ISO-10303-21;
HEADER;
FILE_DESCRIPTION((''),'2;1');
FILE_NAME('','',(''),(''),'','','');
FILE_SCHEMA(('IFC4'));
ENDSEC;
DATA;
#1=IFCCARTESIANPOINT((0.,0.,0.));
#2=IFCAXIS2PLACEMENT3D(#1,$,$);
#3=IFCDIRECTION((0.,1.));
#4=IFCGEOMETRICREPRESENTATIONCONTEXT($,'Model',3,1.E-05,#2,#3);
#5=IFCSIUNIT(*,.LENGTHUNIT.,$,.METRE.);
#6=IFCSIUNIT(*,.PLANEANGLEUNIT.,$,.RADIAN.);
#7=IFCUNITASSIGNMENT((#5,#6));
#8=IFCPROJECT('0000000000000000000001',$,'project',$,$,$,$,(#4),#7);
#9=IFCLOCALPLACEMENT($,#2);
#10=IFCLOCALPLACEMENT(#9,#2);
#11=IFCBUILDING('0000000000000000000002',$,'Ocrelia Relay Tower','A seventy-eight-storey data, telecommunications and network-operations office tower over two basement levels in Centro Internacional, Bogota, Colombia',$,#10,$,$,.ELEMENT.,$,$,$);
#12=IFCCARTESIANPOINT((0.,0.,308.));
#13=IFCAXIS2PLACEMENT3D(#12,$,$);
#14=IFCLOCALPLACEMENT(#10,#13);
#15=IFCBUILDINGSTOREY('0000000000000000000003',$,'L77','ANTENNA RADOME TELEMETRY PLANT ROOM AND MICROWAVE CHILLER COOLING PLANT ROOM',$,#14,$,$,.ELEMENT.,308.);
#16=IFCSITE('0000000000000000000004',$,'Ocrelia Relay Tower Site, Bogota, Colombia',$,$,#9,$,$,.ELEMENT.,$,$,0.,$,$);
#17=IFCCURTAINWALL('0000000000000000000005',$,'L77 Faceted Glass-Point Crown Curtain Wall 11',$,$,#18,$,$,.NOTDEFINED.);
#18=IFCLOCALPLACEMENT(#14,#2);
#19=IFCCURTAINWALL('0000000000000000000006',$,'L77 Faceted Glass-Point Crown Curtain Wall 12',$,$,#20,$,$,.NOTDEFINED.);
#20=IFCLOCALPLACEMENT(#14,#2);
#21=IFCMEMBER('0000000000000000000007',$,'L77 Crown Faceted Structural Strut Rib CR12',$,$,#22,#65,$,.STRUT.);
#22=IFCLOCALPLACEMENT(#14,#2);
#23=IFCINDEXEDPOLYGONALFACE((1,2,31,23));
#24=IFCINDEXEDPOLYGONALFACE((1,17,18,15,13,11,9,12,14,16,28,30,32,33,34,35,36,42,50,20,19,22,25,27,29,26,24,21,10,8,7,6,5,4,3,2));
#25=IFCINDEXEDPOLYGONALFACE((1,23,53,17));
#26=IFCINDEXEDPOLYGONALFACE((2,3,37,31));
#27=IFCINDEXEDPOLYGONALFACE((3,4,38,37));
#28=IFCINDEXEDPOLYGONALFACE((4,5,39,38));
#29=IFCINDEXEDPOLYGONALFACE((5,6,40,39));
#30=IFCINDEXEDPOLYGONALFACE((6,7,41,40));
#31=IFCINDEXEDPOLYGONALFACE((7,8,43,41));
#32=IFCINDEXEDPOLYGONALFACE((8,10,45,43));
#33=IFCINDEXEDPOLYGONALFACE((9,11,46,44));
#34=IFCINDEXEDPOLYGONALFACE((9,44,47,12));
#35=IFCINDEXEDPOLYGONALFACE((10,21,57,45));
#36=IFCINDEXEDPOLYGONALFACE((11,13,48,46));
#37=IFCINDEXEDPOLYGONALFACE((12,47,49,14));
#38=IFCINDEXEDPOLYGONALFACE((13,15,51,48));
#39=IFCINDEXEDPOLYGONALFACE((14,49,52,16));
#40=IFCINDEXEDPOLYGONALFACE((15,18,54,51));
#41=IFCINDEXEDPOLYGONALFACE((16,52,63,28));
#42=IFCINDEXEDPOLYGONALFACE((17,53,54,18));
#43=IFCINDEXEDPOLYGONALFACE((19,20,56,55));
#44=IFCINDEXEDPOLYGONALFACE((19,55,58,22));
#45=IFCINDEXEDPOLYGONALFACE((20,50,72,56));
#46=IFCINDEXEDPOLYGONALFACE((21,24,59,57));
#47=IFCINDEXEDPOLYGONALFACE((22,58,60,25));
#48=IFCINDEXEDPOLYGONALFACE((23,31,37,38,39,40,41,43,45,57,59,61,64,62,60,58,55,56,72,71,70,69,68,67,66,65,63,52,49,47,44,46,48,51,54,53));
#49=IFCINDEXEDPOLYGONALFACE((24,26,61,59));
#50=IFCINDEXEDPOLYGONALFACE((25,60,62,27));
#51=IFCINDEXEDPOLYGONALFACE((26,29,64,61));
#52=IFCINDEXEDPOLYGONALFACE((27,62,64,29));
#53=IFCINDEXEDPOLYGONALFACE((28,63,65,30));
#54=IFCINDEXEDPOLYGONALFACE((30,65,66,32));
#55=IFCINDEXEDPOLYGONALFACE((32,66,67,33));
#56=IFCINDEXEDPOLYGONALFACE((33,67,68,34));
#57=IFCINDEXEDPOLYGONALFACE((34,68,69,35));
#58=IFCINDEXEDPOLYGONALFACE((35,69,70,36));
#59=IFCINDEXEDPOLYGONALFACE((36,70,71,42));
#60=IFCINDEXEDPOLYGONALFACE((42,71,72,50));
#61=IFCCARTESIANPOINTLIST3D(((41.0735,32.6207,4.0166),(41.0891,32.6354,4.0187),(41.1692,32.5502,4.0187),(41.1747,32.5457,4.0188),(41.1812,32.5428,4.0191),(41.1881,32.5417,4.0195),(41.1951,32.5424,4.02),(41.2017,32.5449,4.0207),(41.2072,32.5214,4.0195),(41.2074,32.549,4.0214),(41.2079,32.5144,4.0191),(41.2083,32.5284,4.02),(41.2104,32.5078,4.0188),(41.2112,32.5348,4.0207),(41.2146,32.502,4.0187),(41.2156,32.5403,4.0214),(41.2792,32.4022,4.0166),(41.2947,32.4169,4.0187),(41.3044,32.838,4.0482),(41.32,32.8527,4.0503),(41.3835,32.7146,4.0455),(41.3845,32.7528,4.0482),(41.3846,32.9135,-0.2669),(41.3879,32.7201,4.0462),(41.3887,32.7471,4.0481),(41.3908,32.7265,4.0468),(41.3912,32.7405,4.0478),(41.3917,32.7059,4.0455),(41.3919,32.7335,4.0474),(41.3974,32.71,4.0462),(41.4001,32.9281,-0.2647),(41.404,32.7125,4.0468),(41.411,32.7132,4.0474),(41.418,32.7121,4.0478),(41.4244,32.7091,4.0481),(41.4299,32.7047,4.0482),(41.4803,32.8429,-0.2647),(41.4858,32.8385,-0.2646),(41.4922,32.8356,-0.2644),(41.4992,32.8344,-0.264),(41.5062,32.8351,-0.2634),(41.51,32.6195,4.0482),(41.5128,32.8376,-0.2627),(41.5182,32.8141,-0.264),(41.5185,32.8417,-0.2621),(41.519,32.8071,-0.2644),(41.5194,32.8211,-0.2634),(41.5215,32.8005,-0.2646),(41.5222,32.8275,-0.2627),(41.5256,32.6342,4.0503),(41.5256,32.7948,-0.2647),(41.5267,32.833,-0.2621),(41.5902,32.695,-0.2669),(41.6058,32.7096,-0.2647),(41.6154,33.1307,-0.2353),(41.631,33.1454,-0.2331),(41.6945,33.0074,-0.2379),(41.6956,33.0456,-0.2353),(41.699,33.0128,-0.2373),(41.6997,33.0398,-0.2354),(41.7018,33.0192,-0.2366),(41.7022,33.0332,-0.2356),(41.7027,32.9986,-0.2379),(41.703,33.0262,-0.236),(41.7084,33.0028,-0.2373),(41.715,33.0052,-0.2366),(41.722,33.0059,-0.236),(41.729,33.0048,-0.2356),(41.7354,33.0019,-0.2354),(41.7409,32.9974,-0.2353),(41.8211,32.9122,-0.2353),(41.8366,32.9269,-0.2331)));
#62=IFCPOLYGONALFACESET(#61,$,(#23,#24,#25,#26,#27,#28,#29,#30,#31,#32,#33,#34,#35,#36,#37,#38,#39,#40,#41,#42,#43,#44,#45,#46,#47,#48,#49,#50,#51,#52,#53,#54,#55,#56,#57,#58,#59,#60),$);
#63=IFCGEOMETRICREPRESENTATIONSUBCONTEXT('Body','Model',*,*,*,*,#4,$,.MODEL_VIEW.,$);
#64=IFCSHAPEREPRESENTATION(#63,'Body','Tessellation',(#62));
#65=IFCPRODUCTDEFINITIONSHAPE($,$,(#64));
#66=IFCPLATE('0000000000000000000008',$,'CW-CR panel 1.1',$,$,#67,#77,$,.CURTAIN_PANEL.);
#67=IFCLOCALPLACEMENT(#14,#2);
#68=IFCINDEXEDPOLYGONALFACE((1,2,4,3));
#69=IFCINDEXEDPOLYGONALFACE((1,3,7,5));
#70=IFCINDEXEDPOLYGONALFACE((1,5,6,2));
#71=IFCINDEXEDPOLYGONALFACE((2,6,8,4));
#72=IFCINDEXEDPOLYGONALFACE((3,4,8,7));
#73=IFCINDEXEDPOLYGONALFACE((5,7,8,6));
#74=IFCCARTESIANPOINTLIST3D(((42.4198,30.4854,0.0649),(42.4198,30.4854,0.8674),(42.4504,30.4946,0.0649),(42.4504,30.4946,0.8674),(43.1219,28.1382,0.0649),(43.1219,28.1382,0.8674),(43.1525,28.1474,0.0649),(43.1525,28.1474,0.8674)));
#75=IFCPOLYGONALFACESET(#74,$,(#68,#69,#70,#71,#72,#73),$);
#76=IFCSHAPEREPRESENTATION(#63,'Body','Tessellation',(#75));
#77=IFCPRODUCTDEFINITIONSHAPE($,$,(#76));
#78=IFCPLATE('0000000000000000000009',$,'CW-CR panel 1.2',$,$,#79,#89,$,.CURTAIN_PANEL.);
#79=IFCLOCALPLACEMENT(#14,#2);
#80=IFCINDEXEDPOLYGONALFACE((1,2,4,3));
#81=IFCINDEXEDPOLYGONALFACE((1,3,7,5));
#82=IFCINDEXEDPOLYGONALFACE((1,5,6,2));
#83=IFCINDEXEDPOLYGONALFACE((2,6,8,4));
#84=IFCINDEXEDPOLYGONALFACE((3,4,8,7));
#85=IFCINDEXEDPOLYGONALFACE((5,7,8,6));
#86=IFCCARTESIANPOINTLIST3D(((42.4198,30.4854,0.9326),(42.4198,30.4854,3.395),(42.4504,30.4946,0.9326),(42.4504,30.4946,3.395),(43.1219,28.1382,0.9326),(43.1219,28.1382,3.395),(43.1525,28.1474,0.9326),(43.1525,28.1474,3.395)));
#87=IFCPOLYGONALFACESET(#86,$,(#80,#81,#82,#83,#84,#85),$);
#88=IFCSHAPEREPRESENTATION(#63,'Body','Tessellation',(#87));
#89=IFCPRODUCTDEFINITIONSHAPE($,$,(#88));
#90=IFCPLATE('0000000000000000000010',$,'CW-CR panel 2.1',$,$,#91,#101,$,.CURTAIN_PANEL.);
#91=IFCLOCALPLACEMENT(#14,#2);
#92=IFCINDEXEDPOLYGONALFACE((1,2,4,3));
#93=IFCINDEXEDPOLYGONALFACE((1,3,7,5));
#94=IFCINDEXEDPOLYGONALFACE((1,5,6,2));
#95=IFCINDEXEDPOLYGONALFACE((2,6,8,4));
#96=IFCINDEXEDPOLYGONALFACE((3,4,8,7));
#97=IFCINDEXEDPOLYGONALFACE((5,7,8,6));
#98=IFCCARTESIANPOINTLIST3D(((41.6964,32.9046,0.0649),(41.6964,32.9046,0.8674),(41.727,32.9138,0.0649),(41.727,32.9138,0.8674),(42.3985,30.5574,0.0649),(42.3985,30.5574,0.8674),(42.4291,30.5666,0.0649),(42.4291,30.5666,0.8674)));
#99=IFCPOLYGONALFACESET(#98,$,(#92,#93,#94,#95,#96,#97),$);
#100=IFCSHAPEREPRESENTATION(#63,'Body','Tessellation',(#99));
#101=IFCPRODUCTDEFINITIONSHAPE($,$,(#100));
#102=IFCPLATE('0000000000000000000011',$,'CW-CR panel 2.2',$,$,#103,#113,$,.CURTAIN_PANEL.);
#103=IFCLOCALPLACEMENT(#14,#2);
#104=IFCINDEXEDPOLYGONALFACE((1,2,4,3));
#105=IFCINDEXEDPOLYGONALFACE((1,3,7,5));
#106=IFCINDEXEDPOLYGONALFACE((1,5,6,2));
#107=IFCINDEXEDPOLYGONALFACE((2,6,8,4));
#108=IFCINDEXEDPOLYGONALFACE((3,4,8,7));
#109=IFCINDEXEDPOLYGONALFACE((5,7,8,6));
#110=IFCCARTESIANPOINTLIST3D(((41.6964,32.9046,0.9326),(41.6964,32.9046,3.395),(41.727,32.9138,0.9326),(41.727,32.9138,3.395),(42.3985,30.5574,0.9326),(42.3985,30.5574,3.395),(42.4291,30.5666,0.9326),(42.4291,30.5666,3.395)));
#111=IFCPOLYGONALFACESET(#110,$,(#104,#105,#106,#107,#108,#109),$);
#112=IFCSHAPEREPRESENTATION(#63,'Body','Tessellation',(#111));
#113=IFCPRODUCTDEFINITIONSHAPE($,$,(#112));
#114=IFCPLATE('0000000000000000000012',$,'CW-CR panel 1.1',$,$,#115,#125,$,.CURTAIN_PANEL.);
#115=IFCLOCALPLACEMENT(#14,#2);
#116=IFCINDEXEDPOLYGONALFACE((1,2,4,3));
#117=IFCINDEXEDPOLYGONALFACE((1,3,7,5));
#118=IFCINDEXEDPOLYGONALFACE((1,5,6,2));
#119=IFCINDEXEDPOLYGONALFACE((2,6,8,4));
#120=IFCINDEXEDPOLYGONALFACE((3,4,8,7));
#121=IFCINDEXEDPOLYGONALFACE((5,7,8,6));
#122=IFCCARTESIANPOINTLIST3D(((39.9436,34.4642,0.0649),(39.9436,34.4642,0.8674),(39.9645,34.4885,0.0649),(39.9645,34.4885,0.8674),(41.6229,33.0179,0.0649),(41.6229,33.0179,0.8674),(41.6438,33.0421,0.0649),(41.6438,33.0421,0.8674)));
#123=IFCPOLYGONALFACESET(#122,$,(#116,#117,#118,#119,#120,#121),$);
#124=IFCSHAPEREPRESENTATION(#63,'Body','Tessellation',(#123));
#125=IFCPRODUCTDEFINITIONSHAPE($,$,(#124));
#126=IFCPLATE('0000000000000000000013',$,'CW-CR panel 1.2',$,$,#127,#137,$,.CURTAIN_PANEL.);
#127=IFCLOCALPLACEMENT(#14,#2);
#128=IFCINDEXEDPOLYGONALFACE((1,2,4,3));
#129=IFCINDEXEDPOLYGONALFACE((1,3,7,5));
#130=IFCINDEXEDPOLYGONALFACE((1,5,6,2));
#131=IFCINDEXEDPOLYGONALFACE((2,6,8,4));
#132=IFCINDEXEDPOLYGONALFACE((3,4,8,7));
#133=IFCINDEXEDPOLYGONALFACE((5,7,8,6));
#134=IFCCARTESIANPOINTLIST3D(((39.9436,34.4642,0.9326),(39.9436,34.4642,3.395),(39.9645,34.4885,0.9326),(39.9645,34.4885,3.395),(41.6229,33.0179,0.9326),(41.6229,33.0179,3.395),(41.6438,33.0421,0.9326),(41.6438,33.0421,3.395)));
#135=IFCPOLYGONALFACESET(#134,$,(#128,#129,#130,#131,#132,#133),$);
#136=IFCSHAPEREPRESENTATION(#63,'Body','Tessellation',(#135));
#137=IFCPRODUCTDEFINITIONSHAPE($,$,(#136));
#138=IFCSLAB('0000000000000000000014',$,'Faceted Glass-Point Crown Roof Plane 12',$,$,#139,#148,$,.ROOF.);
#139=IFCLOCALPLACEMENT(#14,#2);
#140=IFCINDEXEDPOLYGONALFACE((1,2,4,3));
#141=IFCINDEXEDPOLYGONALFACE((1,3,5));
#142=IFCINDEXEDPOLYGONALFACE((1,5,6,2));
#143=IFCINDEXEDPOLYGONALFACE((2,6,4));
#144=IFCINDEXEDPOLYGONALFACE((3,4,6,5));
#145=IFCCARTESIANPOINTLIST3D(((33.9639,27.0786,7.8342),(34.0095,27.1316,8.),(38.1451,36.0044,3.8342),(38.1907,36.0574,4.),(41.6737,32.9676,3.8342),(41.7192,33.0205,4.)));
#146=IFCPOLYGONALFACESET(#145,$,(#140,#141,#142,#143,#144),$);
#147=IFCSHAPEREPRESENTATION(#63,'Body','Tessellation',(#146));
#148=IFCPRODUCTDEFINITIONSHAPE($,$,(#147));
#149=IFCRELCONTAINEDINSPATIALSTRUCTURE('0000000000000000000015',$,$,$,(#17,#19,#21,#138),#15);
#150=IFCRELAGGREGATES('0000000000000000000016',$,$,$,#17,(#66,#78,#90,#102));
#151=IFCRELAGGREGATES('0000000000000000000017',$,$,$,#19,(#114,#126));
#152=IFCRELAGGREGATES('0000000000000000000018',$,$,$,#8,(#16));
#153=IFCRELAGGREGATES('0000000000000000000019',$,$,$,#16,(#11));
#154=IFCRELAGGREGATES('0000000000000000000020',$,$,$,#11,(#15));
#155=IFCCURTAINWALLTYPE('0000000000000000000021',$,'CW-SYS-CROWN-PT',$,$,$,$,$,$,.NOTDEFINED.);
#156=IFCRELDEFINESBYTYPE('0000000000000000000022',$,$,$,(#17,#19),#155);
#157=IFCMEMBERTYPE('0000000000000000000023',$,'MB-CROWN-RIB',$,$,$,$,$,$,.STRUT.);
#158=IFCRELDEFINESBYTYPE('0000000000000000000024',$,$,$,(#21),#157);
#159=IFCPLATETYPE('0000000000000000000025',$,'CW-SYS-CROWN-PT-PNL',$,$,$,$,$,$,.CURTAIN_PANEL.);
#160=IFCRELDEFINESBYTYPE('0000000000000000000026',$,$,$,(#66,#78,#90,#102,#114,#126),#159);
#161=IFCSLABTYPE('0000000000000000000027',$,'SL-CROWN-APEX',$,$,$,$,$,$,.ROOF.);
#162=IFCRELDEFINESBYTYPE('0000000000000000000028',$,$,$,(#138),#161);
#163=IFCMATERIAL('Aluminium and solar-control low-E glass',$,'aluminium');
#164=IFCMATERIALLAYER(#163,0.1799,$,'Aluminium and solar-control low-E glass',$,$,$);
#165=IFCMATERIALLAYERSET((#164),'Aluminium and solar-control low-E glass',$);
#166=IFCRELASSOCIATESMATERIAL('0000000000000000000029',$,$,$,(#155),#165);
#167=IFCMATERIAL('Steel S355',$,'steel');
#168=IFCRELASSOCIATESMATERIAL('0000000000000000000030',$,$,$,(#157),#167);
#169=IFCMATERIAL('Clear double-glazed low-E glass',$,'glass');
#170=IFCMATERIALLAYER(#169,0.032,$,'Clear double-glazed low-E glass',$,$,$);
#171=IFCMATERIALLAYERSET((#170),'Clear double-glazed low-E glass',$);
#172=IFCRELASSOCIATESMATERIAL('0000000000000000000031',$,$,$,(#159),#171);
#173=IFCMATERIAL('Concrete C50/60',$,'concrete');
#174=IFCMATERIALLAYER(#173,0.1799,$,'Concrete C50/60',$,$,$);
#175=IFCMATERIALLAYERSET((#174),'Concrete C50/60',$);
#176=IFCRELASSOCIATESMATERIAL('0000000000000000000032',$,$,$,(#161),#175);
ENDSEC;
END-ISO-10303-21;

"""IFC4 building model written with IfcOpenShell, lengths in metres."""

from ifc_helpers import new_model, si_unit, direction, frame, origin, origin_2d, place, context, subcontext, project, spatial, polyline, rectangle, i_section, outline, extrude, material, layer, layer_set, material_profile, profile_set, type_object, element, aggregate, save


model = new_model("IFC4")

# Units and contexts
model_context = context("Model", 3, precision=1e-05, world=origin(), true_north=direction((0.0, 1.0)))
body_context = subcontext(model_context, "Body", "Model", "MODEL_VIEW")
ifc_project = project(units=[si_unit("LENGTHUNIT", "METRE"), si_unit("PLANEANGLEUNIT", "RADIAN")], contexts=[model_context])

# Site, building, storey
site_placement = place(None, origin())
site = spatial("IfcSite", under=ifc_project, at=site_placement, Name="Ocrelia Relay Tower Site, Bogota, Colombia", CompositionType="ELEMENT", RefElevation=0.0)
building_placement = place(site_placement, origin())
building = spatial("IfcBuilding", under=site, at=building_placement, Name="Ocrelia Relay Tower", Description="A seventy-eight-storey data, telecommunications and network-operations office tower over two basement levels in Centro Internacional, Bogota, Colombia", CompositionType="ELEMENT")
storey_placement = place(building_placement, frame((0.0, 0.0, 308.0)))
storey = spatial("IfcBuildingStorey", under=building, at=storey_placement, Name="L77", Description="ANTENNA RADOME TELEMETRY PLANT ROOM AND MICROWAVE CHILLER COOLING PLANT ROOM", CompositionType="ELEMENT", Elevation=308.0)

# Shared definitions
ifc_material_1 = material(Name="Steel S355", Category="steel")

# Curtain walls
ifc_material_2 = material(Name="Aluminium and solar-control low-E glass", Category="aluminium")
ifc_layer_1 = layer(ifc_material_2, 0.1799, Name="Aluminium and solar-control low-E glass")
ifc_layer_set_1 = layer_set([ifc_layer_1], Name="Aluminium and solar-control low-E glass")
curtain_wall_type = type_object("IfcCurtainWallType", Name="CW-SYS-CROWN-PT", PredefinedType="NOTDEFINED", material=ifc_layer_set_1)
curtain_wall_1_placement = place(storey_placement, origin())
curtain_wall_1 = element("IfcCurtainWall", 1, at=curtain_wall_1_placement, inside=storey, type_object=curtain_wall_type, Name="L77 Faceted Glass-Point Crown Curtain Wall 11", PredefinedType="NOTDEFINED")
curtain_wall_2_placement = place(storey_placement, origin())
curtain_wall_2 = element("IfcCurtainWall", 2, at=curtain_wall_2_placement, inside=storey, type_object=curtain_wall_type, Name="L77 Faceted Glass-Point Crown Curtain Wall 12", PredefinedType="NOTDEFINED")

# Member
ifc_material_profile_1 = material_profile(ifc_material_1, i_section(OverallWidth=0.3, OverallDepth=0.3401, WebThickness=0.012, FlangeThickness=0.0215, FilletRadius=0.0271, at=origin_2d()), Name="HEB 340")
ifc_profile_set_1 = profile_set([ifc_material_profile_1], Name="Steel S355")
member_type_1 = type_object("IfcMemberType", Name="MB-CROWN-RIB", PredefinedType="STRUT", material=ifc_profile_set_1)
member_1_placement = place(storey_placement, frame((41.6106, 32.9202, -0.25), z_axis=(-0.072255, -0.068001, 0.995065), x_axis=(0.685347, -0.728217, 0.0)))
element("IfcMember", 3, at=member_1_placement, inside=storey, type_object=member_type_1, Name="L77 Crown Faceted Structural Strut Rib CR12", PredefinedType="STRUT", context=body_context, shape_type="SweptSolid", body=[
    extrude(i_section(OverallWidth=0.3, OverallDepth=0.3401, WebThickness=0.012, FlangeThickness=0.0215, FilletRadius=0.0271, at=origin_2d()), origin(), (0.0, 0.0, 1.0), 4.3047),
])

# Plates
ifc_material_3 = material(Name="Clear double-glazed low-E glass", Category="glass")
ifc_layer_2 = layer(ifc_material_3, 0.032, Name="Clear double-glazed low-E glass")
ifc_layer_set_2 = layer_set([ifc_layer_2], Name="Clear double-glazed low-E glass")
plate_type = type_object("IfcPlateType", Name="CW-SYS-CROWN-PT-PNL", PredefinedType="CURTAIN_PANEL", material=ifc_layer_set_2)
plate_1_placement = place(storey_placement, frame((42.7861, 29.3164, 0.0649), z_axis=(0.0, 0.0, 1.0), x_axis=(-0.286578, 0.958057, 0.0)))
plate_1 = element("IfcPlate", 4, at=plate_1_placement, type_object=plate_type, Name="CW-CR panel 1.1", PredefinedType="CURTAIN_PANEL", context=body_context, shape_type="SweptSolid", body=[
    extrude(rectangle(XDim=2.45, YDim=0.032, at=origin_2d()), origin(), (0.0, 0.0, 1.0), 0.8025),
])
plate_2_placement = place(storey_placement, frame((42.7861, 29.3164, 0.9326), z_axis=(0.0, 0.0, 1.0), x_axis=(-0.286578, 0.958057, 0.0)))
plate_2 = element("IfcPlate", 5, at=plate_2_placement, type_object=plate_type, Name="CW-CR panel 1.2", PredefinedType="CURTAIN_PANEL", context=body_context, shape_type="SweptSolid", body=[
    extrude(rectangle(XDim=2.45, YDim=0.032, at=origin_2d()), origin(), (0.0, 0.0, 1.0), 2.4624),
])
plate_3_placement = place(storey_placement, frame((42.0627, 31.7356, 0.0649), z_axis=(0.0, 0.0, 1.0), x_axis=(-0.286578, 0.958057, 0.0)))
plate_3 = element("IfcPlate", 6, at=plate_3_placement, type_object=plate_type, Name="CW-CR panel 2.1", PredefinedType="CURTAIN_PANEL", context=body_context, shape_type="SweptSolid", body=[
    extrude(rectangle(XDim=2.45, YDim=0.032, at=origin_2d()), origin(), (0.0, 0.0, 1.0), 0.8025),
])
plate_4_placement = place(storey_placement, frame((42.0627, 31.7356, 0.9326), z_axis=(0.0, 0.0, 1.0), x_axis=(-0.286578, 0.958057, 0.0)))
plate_4 = element("IfcPlate", 7, at=plate_4_placement, type_object=plate_type, Name="CW-CR panel 2.2", PredefinedType="CURTAIN_PANEL", context=body_context, shape_type="SweptSolid", body=[
    extrude(rectangle(XDim=2.45, YDim=0.032, at=origin_2d()), origin(), (0.0, 0.0, 1.0), 2.4624),
])
aggregate(curtain_wall_1, [plate_1, plate_2, plate_3, plate_4])
plate_5_placement = place(storey_placement, frame((40.7937, 33.7532, 0.0649), z_axis=(0.0, 0.0, 1.0), x_axis=(-0.757719, 0.652581, 0.0)))
plate_5 = element("IfcPlate", 8, at=plate_5_placement, type_object=plate_type, Name="CW-CR panel 1.1", PredefinedType="CURTAIN_PANEL", context=body_context, shape_type="SweptSolid", body=[
    extrude(rectangle(XDim=2.2163, YDim=0.032, at=origin_2d()), origin(), (0.0, 0.0, 1.0), 0.8025),
])
plate_6_placement = place(storey_placement, frame((40.7937, 33.7532, 0.9326), z_axis=(0.0, 0.0, 1.0), x_axis=(-0.757719, 0.652581, 0.0)))
plate_6 = element("IfcPlate", 9, at=plate_6_placement, type_object=plate_type, Name="CW-CR panel 1.2", PredefinedType="CURTAIN_PANEL", context=body_context, shape_type="SweptSolid", body=[
    extrude(rectangle(XDim=2.2163, YDim=0.032, at=origin_2d()), origin(), (0.0, 0.0, 1.0), 2.4624),
])
aggregate(curtain_wall_2, [plate_5, plate_6])

# Slab
ifc_material_4 = material(Name="Concrete C50/60", Category="concrete")
ifc_layer_3 = layer(ifc_material_4, 0.1799, Name="Concrete C50/60")
ifc_layer_set_3 = layer_set([ifc_layer_3], Name="Concrete C50/60")
slab_type = type_object("IfcSlabType", Name="SL-CROWN-APEX", PredefinedType="ROOF", material=ifc_layer_set_3)
slab_placement = place(storey_placement, frame((41.7192, 33.0205, 4.0), z_axis=(0.253304, 0.294317, 0.921528), x_axis=(-0.757941, 0.652323, 0.0)))
element("IfcSlab", 10, at=slab_placement, inside=storey, type_object=slab_type, Name="Faceted Glass-Point Crown Roof Plane 12", PredefinedType="ROOF", context=body_context, shape_type="SweptSolid", body=[
    extrude(outline(polyline([(0.0, 0.0), (4.6555, 0.0), (2.002, 10.301), (0.0, 0.0)])), origin(), (0.0, 0.0, -1.0), 0.1799),
])

save(model, "model.ifc")
